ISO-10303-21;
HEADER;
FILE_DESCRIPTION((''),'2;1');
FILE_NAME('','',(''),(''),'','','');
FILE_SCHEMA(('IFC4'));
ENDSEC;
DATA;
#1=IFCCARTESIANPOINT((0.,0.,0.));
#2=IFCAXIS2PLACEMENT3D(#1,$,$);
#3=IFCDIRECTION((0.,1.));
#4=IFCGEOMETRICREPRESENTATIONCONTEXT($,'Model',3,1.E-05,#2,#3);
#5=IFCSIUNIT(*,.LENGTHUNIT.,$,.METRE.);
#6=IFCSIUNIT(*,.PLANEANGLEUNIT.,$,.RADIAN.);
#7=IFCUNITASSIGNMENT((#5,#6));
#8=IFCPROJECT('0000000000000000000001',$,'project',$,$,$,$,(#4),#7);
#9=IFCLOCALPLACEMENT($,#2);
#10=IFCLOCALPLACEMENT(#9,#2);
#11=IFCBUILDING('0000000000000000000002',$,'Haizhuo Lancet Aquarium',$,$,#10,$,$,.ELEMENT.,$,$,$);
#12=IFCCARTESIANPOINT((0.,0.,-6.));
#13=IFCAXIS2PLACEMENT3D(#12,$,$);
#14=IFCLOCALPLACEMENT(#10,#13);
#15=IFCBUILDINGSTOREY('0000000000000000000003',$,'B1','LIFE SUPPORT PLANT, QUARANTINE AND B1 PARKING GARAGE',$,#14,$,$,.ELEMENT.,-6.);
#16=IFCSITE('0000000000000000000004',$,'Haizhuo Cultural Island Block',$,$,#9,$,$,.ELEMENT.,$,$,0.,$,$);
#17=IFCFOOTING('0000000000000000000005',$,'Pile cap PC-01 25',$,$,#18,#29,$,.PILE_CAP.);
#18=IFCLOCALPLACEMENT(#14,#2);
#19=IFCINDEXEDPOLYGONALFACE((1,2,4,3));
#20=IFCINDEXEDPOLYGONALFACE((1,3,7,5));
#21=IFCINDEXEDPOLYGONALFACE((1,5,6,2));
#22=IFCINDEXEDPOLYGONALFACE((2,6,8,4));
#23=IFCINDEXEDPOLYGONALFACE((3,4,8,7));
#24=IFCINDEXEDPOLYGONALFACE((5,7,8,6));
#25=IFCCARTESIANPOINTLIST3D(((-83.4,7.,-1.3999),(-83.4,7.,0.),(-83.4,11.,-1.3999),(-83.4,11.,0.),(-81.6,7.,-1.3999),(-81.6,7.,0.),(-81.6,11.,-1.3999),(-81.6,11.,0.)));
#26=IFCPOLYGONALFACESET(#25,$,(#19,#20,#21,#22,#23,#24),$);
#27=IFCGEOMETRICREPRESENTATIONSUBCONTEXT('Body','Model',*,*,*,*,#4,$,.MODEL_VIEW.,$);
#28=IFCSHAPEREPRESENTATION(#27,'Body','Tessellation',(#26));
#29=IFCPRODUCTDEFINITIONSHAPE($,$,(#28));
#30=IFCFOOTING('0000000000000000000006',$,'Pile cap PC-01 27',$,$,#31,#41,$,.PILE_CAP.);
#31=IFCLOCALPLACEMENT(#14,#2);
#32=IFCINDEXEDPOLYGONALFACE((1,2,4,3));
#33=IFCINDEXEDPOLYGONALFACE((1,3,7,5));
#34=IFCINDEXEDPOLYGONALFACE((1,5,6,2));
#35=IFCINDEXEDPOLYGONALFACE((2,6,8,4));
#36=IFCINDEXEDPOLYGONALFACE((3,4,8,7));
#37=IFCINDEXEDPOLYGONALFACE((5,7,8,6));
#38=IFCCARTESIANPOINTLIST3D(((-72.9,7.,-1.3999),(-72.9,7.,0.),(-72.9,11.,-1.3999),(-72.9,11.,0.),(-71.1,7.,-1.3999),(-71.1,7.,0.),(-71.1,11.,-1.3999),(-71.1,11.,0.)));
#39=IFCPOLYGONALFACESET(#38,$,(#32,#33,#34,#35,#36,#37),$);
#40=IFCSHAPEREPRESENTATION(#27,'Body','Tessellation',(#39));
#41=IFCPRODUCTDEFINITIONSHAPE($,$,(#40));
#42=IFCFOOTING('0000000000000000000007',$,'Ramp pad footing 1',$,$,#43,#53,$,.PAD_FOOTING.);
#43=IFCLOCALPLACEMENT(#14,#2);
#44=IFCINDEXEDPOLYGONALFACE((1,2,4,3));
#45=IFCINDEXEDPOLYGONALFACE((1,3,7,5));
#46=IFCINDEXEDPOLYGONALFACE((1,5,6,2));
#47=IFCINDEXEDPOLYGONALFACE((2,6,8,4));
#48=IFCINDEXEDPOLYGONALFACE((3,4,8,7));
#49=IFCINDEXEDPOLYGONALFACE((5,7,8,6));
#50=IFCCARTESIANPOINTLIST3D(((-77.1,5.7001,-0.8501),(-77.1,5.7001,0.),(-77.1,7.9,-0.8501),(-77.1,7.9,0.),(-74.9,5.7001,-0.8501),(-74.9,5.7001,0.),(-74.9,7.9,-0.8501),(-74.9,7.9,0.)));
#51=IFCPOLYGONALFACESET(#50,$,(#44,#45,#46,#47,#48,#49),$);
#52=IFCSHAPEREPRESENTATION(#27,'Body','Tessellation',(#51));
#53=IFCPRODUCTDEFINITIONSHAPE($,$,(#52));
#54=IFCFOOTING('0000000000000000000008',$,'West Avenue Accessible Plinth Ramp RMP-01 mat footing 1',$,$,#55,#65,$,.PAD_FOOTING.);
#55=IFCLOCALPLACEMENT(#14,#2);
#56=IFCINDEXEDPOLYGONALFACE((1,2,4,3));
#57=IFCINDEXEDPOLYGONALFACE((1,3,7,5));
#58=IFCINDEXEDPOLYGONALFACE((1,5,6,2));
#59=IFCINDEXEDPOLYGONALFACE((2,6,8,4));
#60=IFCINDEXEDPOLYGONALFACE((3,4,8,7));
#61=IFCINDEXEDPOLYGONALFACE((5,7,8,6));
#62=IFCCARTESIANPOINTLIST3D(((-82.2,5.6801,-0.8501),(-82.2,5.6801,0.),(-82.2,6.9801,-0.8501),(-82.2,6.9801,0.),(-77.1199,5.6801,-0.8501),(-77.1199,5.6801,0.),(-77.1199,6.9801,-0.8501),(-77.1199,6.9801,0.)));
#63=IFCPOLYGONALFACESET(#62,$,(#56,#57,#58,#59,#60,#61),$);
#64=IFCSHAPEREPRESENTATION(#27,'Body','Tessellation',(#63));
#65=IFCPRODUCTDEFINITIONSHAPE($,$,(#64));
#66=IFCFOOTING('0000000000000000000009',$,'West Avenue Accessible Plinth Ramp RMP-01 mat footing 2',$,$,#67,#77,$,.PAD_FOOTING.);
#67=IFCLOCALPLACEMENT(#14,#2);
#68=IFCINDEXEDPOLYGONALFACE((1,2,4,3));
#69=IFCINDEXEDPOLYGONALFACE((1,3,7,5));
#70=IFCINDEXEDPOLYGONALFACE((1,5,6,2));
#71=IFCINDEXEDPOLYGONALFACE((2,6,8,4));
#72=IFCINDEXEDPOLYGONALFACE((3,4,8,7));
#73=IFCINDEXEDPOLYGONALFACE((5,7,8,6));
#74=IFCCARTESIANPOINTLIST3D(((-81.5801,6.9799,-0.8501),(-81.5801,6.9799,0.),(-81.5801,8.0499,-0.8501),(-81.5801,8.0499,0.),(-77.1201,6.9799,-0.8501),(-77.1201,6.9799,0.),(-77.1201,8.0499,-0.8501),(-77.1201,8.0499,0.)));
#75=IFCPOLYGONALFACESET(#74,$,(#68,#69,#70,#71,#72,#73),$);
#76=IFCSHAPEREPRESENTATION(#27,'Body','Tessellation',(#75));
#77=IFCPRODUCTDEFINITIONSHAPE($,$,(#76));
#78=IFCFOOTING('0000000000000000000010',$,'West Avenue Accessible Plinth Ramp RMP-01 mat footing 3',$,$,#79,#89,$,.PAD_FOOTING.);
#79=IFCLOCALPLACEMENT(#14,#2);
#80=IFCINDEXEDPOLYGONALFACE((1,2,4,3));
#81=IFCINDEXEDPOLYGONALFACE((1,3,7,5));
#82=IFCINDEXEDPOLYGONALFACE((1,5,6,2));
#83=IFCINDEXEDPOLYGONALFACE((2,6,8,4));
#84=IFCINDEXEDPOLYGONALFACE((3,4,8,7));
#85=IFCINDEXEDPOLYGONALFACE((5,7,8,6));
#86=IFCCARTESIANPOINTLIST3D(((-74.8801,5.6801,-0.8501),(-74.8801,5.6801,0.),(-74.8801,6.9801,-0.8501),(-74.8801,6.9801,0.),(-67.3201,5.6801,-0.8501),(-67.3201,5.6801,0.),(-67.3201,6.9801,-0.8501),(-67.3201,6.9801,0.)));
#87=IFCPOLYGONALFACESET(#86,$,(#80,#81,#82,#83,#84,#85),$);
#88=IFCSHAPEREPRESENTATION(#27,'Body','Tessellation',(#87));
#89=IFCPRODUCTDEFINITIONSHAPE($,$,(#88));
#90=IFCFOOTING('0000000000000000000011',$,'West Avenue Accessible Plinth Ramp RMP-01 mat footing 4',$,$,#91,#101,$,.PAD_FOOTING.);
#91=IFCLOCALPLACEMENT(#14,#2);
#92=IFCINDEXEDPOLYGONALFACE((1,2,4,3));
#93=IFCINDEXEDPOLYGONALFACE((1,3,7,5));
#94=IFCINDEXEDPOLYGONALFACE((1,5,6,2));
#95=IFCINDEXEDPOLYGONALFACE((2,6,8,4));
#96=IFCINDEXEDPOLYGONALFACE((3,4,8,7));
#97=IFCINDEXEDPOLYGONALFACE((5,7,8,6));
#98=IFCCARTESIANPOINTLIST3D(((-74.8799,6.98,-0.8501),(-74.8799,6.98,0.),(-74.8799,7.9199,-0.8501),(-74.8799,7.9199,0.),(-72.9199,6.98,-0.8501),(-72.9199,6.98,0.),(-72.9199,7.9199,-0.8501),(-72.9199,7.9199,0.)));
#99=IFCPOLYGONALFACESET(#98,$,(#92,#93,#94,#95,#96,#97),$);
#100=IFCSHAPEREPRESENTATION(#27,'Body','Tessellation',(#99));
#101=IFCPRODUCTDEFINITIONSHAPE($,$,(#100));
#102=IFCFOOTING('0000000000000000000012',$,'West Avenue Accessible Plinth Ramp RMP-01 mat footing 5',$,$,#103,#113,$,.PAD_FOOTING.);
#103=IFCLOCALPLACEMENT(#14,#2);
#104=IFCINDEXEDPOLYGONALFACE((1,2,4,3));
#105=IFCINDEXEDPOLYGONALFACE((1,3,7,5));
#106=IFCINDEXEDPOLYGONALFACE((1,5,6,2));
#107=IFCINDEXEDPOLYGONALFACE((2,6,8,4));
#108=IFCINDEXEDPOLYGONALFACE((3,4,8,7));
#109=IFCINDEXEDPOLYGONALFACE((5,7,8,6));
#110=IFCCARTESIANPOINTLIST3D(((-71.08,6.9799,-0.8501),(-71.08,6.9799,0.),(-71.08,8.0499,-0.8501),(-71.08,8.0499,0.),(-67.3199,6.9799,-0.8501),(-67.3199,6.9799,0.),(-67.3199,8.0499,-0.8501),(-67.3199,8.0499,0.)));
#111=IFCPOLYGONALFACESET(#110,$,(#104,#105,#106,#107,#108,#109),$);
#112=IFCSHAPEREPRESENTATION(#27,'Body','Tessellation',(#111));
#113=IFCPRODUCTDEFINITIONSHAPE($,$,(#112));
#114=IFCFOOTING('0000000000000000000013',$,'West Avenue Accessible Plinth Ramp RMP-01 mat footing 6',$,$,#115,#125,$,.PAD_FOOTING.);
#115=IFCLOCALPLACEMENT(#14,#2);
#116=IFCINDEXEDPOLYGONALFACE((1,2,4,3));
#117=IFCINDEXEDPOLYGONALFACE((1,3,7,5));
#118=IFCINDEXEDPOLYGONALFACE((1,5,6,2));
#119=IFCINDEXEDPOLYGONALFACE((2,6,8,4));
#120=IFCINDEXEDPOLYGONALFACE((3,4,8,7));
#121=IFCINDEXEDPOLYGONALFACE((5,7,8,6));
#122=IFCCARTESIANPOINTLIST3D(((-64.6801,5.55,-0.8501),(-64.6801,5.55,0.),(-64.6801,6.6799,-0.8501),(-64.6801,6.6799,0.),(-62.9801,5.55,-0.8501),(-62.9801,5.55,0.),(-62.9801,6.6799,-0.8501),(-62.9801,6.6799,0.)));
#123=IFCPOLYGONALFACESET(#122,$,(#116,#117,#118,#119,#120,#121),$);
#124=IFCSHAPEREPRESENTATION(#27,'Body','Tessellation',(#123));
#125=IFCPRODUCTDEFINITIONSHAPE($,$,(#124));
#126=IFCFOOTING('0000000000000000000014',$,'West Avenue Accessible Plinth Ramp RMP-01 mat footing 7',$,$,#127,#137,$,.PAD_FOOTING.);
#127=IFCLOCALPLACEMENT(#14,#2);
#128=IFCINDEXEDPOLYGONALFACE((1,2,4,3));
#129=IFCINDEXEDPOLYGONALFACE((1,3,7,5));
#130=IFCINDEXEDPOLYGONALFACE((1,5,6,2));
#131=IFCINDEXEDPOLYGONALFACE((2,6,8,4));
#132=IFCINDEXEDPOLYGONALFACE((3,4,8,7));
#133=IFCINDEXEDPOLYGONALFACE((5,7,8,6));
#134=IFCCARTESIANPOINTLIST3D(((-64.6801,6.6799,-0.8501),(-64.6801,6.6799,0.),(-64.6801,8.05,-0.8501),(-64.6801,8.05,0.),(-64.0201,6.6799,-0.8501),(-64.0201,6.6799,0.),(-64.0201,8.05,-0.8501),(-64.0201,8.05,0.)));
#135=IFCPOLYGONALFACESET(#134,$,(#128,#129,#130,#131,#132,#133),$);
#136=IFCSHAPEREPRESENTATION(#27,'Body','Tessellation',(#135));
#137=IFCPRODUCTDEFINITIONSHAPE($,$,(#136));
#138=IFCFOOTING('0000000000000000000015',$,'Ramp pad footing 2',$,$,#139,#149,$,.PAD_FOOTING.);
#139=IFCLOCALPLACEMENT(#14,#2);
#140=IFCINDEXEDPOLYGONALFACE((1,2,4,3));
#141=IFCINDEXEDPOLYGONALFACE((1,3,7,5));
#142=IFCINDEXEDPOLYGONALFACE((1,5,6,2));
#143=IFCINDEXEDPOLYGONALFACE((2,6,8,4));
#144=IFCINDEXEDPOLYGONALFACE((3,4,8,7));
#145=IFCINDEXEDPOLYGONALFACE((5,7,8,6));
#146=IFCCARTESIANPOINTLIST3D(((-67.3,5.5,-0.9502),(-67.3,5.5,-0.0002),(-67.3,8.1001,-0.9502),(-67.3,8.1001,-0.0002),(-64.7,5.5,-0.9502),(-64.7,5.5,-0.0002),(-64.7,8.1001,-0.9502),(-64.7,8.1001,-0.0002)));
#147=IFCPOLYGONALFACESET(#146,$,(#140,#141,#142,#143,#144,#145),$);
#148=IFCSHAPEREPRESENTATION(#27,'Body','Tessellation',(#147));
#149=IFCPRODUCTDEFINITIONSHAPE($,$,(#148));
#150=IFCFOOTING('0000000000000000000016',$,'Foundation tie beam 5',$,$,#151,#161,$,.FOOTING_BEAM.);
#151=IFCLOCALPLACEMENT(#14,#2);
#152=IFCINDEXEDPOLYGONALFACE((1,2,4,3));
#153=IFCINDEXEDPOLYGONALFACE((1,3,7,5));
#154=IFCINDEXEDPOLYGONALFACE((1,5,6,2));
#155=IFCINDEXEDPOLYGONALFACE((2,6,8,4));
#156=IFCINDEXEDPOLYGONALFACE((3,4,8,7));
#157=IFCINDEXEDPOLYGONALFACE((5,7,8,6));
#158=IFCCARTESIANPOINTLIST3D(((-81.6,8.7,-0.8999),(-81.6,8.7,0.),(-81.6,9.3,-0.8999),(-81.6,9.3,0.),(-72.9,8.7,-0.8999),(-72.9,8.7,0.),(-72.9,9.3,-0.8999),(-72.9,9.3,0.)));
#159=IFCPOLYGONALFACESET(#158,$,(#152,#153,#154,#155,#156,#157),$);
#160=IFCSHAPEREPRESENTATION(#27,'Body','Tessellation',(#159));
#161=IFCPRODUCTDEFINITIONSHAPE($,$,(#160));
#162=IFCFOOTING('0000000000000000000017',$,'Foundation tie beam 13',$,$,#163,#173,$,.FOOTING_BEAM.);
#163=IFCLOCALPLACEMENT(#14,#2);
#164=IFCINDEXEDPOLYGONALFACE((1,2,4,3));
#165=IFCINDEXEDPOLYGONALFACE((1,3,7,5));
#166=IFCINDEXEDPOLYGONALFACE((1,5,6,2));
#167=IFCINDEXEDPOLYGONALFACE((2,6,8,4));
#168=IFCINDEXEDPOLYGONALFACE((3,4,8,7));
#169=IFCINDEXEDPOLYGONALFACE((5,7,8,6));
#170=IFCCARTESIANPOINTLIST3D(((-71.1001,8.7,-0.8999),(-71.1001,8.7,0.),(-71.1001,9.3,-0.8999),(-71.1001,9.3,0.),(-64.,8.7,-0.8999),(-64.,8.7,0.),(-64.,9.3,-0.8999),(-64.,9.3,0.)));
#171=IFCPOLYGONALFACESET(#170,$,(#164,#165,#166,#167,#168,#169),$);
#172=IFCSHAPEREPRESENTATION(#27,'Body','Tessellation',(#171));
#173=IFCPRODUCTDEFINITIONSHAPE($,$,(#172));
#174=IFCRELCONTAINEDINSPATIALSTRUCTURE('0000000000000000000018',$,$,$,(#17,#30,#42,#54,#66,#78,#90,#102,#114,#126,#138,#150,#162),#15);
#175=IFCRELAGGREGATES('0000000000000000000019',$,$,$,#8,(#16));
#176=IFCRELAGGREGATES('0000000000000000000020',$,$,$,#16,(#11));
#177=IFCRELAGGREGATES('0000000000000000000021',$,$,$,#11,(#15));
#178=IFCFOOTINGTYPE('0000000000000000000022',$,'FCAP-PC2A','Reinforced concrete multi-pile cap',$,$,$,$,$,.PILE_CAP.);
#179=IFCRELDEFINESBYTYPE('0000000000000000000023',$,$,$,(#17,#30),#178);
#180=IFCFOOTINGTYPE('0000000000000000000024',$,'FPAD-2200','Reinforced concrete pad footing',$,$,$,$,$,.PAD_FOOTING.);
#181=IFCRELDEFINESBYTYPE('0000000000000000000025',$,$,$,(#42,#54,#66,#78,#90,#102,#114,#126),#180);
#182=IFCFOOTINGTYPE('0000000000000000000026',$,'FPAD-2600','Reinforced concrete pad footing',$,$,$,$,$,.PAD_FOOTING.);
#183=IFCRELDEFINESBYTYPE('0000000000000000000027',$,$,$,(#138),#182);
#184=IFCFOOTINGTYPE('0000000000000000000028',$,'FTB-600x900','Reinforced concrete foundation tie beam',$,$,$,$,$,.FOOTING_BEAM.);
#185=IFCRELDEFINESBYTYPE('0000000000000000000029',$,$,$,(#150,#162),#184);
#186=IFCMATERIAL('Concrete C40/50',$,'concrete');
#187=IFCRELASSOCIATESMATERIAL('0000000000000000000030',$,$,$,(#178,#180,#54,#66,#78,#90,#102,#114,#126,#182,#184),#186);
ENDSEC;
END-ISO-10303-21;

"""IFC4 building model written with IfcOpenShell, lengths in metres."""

from ifc_helpers import new_model, si_unit, direction, frame, origin, origin_2d, place, context, subcontext, project, spatial, rectangle, extrude, material, type_object, element, save


model = new_model("IFC4")

# Units and contexts
model_context = context("Model", 3, precision=1e-05, world=origin(), true_north=direction((0.0, 1.0)))
body_context = subcontext(model_context, "Body", "Model", "MODEL_VIEW")
ifc_project = project(units=[si_unit("LENGTHUNIT", "METRE"), si_unit("PLANEANGLEUNIT", "RADIAN")], contexts=[model_context])

# Site, building, storey
site_placement = place(None, origin())
site = spatial("IfcSite", under=ifc_project, at=site_placement, Name="Haizhuo Cultural Island Block", CompositionType="ELEMENT", RefElevation=0.0)
building_placement = place(site_placement, origin())
building = spatial("IfcBuilding", under=site, at=building_placement, Name="Haizhuo Lancet Aquarium", CompositionType="ELEMENT")
storey_placement = place(building_placement, frame((0.0, 0.0, -6.0)))
storey = spatial("IfcBuildingStorey", under=building, at=storey_placement, Name="B1", Description="LIFE SUPPORT PLANT, QUARANTINE AND B1 PARKING GARAGE", CompositionType="ELEMENT", Elevation=-6.0)

# Footings
ifc_material_1 = material(Name="Concrete C40/50", Category="concrete")
footing_type_1 = type_object("IfcFootingType", Name="FCAP-PC2A", Description="Reinforced concrete multi-pile cap", PredefinedType="PILE_CAP", material=ifc_material_1)
for number, where, z_axis, x_axis, name in (
    (1, (-82.5, 9.0, -1.3999), (0.0, 0.0, 1.0), (1.0, 0.0, 0.0), "Pile cap PC-01 25"),
    (2, (-72.0, 9.0, -1.3999), (0.0, 0.0, 1.0), (1.0, 0.0, 0.0), "Pile cap PC-01 27"),
):
    element("IfcFooting", number, at=place(storey_placement, frame(where, z_axis=z_axis, x_axis=x_axis)), inside=storey, type_object=footing_type_1, Name=name, PredefinedType="PILE_CAP", context=body_context, shape_type="SweptSolid", body=[
        extrude(rectangle(XDim=1.8, YDim=4.0, at=origin_2d()), origin(), (0.0, 0.0, 1.0), 1.3999),
    ])
footing_type_2 = type_object("IfcFootingType", Name="FPAD-2200", Description="Reinforced concrete pad footing", PredefinedType="PAD_FOOTING", material=ifc_material_1)
footing_1_placement = place(storey_placement, frame((-76.0, 6.8, -0.8501), z_axis=(0.0, 0.0, 1.0), x_axis=(1.0, 0.0, 0.0)))
element("IfcFooting", 3, at=footing_1_placement, inside=storey, type_object=footing_type_2, Name="Ramp pad footing 1", PredefinedType="PAD_FOOTING", context=body_context, shape_type="SweptSolid", body=[
    extrude(rectangle(XDim=2.2, YDim=2.2, at=origin_2d()), origin(), (0.0, 0.0, 1.0), 0.8501),
])
footing_2_placement = place(storey_placement, frame((-79.6599, 6.3301, -0.8501), z_axis=(0.0, 0.0, 1.0), x_axis=(1.0, 0.0, 0.0)))
element("IfcFooting", 4, at=footing_2_placement, inside=storey, type_object=footing_type_2, material=ifc_material_1, Name="West Avenue Accessible Plinth Ramp RMP-01 mat footing 1", PredefinedType="PAD_FOOTING", context=body_context, shape_type="SweptSolid", body=[
    extrude(rectangle(XDim=5.0801, YDim=1.3, at=origin_2d()), origin(), (0.0, 0.0, 1.0), 0.8501),
])
footing_3_placement = place(storey_placement, frame((-79.3501, 7.5149, -0.8501), z_axis=(0.0, 0.0, 1.0), x_axis=(1.0, 0.0, 0.0)))
element("IfcFooting", 5, at=footing_3_placement, inside=storey, type_object=footing_type_2, material=ifc_material_1, Name="West Avenue Accessible Plinth Ramp RMP-01 mat footing 2", PredefinedType="PAD_FOOTING", context=body_context, shape_type="SweptSolid", body=[
    extrude(rectangle(XDim=4.46, YDim=1.0701, at=origin_2d()), origin(), (0.0, 0.0, 1.0), 0.8501),
])
footing_4_placement = place(storey_placement, frame((-71.1001, 6.3301, -0.8501), z_axis=(0.0, 0.0, 1.0), x_axis=(1.0, 0.0, 0.0)))
element("IfcFooting", 6, at=footing_4_placement, inside=storey, type_object=footing_type_2, material=ifc_material_1, Name="West Avenue Accessible Plinth Ramp RMP-01 mat footing 3", PredefinedType="PAD_FOOTING", context=body_context, shape_type="SweptSolid", body=[
    extrude(rectangle(XDim=7.5601, YDim=1.3, at=origin_2d()), origin(), (0.0, 0.0, 1.0), 0.8501),
])
footing_5_placement = place(storey_placement, frame((-73.8999, 7.45, -0.8501), z_axis=(0.0, 0.0, 1.0), x_axis=(1.0, 0.0, 0.0)))
element("IfcFooting", 7, at=footing_5_placement, inside=storey, type_object=footing_type_2, material=ifc_material_1, Name="West Avenue Accessible Plinth Ramp RMP-01 mat footing 4", PredefinedType="PAD_FOOTING", context=body_context, shape_type="SweptSolid", body=[
    extrude(rectangle(XDim=1.96, YDim=0.9399, at=origin_2d()), origin(), (0.0, 0.0, 1.0), 0.8501),
])
footing_6_placement = place(storey_placement, frame((-69.2, 7.5149, -0.8501), z_axis=(0.0, 0.0, 1.0), x_axis=(1.0, 0.0, 0.0)))
element("IfcFooting", 8, at=footing_6_placement, inside=storey, type_object=footing_type_2, material=ifc_material_1, Name="West Avenue Accessible Plinth Ramp RMP-01 mat footing 5", PredefinedType="PAD_FOOTING", context=body_context, shape_type="SweptSolid", body=[
    extrude(rectangle(XDim=3.76, YDim=1.0701, at=origin_2d()), origin(), (0.0, 0.0, 1.0), 0.8501),
])
footing_7_placement = place(storey_placement, frame((-63.8301, 6.115, -0.8501), z_axis=(0.0, 0.0, 1.0), x_axis=(1.0, 0.0, 0.0)))
element("IfcFooting", 9, at=footing_7_placement, inside=storey, type_object=footing_type_2, material=ifc_material_1, Name="West Avenue Accessible Plinth Ramp RMP-01 mat footing 6", PredefinedType="PAD_FOOTING", context=body_context, shape_type="SweptSolid", body=[
    extrude(rectangle(XDim=1.7, YDim=1.1299, at=origin_2d()), origin(), (0.0, 0.0, 1.0), 0.8501),
])
footing_8_placement = place(storey_placement, frame((-64.3501, 7.365, -0.8501), z_axis=(0.0, 0.0, 1.0), x_axis=(1.0, 0.0, 0.0)))
element("IfcFooting", 10, at=footing_8_placement, inside=storey, type_object=footing_type_2, material=ifc_material_1, Name="West Avenue Accessible Plinth Ramp RMP-01 mat footing 7", PredefinedType="PAD_FOOTING", context=body_context, shape_type="SweptSolid", body=[
    extrude(rectangle(XDim=0.6599, YDim=1.3701, at=origin_2d()), origin(), (0.0, 0.0, 1.0), 0.8501),
])
footing_type_3 = type_object("IfcFootingType", Name="FPAD-2600", Description="Reinforced concrete pad footing", PredefinedType="PAD_FOOTING", material=ifc_material_1)
footing_9_placement = place(storey_placement, frame((-66.0, 6.8, -0.9502), z_axis=(0.0, 0.0, 1.0), x_axis=(1.0, 0.0, 0.0)))
element("IfcFooting", 11, at=footing_9_placement, inside=storey, type_object=footing_type_3, Name="Ramp pad footing 2", PredefinedType="PAD_FOOTING", context=body_context, shape_type="SweptSolid", body=[
    extrude(rectangle(XDim=2.6001, YDim=2.6001, at=origin_2d()), origin(), (0.0, 0.0, 1.0), 0.95),
])
footing_type_4 = type_object("IfcFootingType", Name="FTB-600x900", Description="Reinforced concrete foundation tie beam", PredefinedType="FOOTING_BEAM", material=ifc_material_1)
footing_10_placement = place(storey_placement, frame((-77.25, 9.0, -0.8999), z_axis=(0.0, 0.0, 1.0), x_axis=(1.0, 0.0, 0.0)))
element("IfcFooting", 12, at=footing_10_placement, inside=storey, type_object=footing_type_4, Name="Foundation tie beam 5", PredefinedType="FOOTING_BEAM", context=body_context, shape_type="SweptSolid", body=[
    extrude(rectangle(XDim=8.7, YDim=0.6001, at=origin_2d()), origin(), (0.0, 0.0, 1.0), 0.8999),
])
footing_11_placement = place(storey_placement, frame((-67.55, 9.0, -0.8999), z_axis=(0.0, 0.0, 1.0), x_axis=(1.0, 0.0, 0.0)))
element("IfcFooting", 13, at=footing_11_placement, inside=storey, type_object=footing_type_4, Name="Foundation tie beam 13", PredefinedType="FOOTING_BEAM", context=body_context, shape_type="SweptSolid", body=[
    extrude(rectangle(XDim=7.1001, YDim=0.6001, at=origin_2d()), origin(), (0.0, 0.0, 1.0), 0.8999),
])

save(model, "model.ifc")
